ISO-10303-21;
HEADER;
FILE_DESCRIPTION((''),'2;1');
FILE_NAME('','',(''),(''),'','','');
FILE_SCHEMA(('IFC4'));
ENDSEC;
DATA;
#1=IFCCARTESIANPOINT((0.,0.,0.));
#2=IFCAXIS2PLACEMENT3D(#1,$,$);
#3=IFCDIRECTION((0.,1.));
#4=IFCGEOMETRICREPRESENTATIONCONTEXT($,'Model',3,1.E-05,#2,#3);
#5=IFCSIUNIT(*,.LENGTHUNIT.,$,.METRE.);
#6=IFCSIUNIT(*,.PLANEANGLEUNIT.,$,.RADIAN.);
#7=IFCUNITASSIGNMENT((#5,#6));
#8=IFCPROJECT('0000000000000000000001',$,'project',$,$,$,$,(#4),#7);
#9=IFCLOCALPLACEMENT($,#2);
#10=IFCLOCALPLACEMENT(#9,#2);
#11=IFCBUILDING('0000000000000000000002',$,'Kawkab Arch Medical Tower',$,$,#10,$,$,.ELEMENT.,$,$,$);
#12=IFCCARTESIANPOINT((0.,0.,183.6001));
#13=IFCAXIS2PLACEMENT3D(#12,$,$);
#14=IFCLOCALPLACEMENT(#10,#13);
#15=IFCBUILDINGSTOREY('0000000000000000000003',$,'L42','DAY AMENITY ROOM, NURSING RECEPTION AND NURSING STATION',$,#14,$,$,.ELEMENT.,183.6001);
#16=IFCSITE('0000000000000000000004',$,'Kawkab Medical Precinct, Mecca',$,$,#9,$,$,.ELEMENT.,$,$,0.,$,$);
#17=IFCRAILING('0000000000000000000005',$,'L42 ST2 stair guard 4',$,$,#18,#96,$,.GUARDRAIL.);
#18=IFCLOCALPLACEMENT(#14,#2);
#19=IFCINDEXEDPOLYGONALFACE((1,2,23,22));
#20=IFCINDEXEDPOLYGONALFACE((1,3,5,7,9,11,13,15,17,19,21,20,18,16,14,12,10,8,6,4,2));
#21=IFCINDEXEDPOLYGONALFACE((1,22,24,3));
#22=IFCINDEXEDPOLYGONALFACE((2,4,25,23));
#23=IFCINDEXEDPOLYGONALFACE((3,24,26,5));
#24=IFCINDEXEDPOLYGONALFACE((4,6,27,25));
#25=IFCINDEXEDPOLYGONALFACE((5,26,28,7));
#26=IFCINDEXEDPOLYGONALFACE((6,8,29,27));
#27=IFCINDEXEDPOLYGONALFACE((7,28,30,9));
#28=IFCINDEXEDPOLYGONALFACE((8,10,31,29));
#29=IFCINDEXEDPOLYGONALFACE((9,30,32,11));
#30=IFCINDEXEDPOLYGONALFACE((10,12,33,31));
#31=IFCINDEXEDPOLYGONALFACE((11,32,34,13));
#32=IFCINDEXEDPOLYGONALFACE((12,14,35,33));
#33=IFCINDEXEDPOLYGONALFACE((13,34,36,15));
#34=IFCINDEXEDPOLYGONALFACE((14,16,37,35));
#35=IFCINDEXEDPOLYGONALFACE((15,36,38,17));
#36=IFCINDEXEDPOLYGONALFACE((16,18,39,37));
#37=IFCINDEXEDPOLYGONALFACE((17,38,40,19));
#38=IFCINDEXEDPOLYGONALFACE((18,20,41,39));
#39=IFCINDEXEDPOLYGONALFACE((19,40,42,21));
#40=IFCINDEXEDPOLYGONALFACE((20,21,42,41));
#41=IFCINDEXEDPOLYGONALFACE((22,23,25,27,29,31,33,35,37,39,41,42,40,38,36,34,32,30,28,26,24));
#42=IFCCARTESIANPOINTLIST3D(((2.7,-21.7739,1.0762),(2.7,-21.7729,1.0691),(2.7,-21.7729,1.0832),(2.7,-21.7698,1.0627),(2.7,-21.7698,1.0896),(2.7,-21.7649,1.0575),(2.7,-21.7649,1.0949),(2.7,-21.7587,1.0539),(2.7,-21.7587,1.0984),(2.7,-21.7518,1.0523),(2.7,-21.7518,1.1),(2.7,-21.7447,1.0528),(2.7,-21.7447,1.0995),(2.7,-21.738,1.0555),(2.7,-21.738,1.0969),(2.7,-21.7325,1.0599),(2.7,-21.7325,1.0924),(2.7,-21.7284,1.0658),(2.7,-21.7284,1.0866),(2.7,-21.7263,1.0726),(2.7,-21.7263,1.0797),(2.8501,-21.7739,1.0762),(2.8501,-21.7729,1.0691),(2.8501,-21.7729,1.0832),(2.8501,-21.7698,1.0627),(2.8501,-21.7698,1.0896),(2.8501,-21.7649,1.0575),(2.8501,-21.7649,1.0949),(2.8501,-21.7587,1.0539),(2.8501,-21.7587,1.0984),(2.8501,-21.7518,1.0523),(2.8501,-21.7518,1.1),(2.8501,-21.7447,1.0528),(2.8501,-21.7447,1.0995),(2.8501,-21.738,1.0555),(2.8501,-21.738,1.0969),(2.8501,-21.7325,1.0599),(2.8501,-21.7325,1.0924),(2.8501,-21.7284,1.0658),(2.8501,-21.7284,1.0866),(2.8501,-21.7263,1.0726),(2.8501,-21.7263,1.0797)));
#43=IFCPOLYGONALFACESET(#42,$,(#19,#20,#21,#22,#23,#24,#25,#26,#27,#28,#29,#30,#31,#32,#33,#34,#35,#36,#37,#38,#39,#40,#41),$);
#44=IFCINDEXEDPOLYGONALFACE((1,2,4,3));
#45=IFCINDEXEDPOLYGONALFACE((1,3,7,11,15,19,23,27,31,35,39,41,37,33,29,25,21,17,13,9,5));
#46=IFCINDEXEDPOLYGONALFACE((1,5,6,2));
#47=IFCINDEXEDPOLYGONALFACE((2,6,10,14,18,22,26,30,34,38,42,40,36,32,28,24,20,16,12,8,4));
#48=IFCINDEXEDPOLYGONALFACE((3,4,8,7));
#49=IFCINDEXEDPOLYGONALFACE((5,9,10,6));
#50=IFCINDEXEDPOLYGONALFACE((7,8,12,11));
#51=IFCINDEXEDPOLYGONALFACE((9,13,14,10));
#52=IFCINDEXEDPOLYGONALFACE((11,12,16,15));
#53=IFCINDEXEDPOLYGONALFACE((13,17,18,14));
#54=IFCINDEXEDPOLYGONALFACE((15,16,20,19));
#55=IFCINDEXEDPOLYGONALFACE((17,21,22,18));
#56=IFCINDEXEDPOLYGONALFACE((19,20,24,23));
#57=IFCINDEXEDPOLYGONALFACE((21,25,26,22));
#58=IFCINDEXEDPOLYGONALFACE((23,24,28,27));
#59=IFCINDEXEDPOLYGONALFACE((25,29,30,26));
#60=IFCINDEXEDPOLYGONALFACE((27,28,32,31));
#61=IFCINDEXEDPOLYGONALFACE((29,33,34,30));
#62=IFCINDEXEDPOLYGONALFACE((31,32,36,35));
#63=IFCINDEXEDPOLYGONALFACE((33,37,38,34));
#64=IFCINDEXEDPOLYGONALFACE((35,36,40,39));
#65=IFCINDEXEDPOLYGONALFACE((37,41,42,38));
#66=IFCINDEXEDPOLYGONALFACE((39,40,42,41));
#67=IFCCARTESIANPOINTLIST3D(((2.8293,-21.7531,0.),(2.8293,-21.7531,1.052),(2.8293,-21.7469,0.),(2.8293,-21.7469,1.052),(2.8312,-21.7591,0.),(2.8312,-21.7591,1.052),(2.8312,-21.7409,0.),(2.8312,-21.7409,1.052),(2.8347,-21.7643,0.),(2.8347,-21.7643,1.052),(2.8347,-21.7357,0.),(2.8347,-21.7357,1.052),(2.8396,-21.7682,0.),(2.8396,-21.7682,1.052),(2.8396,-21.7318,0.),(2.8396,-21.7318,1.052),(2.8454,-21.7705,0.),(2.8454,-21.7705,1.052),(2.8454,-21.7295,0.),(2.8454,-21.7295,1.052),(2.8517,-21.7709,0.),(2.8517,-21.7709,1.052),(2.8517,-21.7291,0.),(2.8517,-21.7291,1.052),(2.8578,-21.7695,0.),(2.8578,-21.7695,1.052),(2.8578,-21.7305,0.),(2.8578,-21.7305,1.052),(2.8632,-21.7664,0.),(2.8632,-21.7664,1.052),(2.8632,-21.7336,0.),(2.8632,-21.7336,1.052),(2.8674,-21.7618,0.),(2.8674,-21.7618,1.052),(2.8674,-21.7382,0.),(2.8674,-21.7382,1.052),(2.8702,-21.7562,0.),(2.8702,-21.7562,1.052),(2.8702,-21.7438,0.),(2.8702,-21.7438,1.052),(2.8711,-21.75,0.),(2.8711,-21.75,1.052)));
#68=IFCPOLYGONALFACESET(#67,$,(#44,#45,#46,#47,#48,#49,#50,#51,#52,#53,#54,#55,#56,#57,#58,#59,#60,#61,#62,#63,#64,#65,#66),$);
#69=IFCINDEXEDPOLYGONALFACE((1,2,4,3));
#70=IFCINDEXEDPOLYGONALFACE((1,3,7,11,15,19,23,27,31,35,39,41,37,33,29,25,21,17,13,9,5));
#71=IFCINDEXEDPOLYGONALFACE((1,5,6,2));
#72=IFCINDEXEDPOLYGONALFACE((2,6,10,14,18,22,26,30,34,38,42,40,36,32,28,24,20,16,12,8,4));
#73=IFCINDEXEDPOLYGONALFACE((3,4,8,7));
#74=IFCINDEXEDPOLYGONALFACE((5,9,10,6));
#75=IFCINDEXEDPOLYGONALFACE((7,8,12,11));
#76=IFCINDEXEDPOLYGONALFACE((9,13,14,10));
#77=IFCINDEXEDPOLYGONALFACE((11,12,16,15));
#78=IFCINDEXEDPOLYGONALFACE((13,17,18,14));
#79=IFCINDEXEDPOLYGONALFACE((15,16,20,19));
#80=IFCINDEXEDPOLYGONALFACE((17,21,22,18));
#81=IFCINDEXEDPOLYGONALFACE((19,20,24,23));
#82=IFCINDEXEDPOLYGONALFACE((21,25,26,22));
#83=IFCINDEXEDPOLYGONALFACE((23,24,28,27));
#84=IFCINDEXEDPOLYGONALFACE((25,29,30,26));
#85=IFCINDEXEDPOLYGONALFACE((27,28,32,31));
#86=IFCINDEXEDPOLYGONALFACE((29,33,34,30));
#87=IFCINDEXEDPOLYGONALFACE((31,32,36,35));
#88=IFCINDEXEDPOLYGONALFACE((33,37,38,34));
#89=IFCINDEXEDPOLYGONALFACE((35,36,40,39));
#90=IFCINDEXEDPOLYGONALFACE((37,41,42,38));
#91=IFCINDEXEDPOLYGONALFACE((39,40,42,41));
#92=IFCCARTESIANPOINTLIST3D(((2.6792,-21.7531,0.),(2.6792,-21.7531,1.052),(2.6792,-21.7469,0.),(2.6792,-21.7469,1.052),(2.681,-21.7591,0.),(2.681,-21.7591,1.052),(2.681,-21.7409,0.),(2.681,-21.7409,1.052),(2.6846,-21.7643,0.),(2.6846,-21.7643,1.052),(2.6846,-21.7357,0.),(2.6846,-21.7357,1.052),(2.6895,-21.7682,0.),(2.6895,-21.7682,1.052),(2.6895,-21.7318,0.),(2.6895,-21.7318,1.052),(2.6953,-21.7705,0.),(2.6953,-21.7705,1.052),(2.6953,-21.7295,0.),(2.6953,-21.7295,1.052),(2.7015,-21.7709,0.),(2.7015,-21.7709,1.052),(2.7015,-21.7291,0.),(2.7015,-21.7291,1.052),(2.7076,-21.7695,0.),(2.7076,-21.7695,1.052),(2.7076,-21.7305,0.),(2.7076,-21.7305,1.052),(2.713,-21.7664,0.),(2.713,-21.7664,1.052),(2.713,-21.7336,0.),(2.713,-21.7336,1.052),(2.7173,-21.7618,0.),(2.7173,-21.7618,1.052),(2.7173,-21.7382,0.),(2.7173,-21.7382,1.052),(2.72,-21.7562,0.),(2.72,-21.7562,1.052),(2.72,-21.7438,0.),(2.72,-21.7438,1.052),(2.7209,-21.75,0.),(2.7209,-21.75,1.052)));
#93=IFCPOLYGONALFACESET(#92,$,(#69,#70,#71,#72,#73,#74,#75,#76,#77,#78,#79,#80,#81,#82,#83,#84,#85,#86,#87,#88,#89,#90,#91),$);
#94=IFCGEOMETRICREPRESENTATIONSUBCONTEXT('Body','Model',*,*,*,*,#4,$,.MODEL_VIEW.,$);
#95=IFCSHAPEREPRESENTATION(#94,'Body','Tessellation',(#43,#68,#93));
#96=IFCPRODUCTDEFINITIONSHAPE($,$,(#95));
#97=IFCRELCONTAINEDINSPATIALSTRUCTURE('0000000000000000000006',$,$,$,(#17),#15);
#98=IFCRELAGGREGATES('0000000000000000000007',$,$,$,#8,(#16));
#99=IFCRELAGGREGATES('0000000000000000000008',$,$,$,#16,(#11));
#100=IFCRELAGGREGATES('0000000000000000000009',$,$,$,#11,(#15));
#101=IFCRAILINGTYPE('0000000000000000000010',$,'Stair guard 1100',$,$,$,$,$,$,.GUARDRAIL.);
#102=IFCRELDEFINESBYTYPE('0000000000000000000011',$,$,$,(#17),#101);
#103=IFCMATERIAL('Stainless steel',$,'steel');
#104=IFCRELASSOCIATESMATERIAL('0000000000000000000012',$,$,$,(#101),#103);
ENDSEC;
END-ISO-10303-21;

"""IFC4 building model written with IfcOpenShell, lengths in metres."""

from ifc_helpers import new_model, si_unit, direction, frame, origin, origin_2d, place, context, subcontext, project, spatial, circle, extrude, material, type_object, element, save


model = new_model("IFC4")

# Units and contexts
model_context = context("Model", 3, precision=1e-05, world=origin(), true_north=direction((0.0, 1.0)))
body_context = subcontext(model_context, "Body", "Model", "MODEL_VIEW")
ifc_project = project(units=[si_unit("LENGTHUNIT", "METRE"), si_unit("PLANEANGLEUNIT", "RADIAN")], contexts=[model_context])

# Site, building, storey
site_placement = place(None, origin())
site = spatial("IfcSite", under=ifc_project, at=site_placement, Name="Kawkab Medical Precinct, Mecca", CompositionType="ELEMENT", RefElevation=0.0)
building_placement = place(site_placement, origin())
building = spatial("IfcBuilding", under=site, at=building_placement, Name="Kawkab Arch Medical Tower", CompositionType="ELEMENT")
storey_placement = place(building_placement, frame((0.0, 0.0, 183.6001)))
storey = spatial("IfcBuildingStorey", under=building, at=storey_placement, Name="L42", Description="DAY AMENITY ROOM, NURSING RECEPTION AND NURSING STATION", CompositionType="ELEMENT", Elevation=183.6001)

# Railing
ifc_material_1 = material(Name="Stainless steel", Category="steel")
railing_type = type_object("IfcRailingType", Name="Stair guard 1100", PredefinedType="GUARDRAIL", material=ifc_material_1)
railing_1_placement = place(storey_placement, frame((2.8501, -21.75, 0.0)))
element("IfcRailing", 1, at=railing_1_placement, inside=storey, type_object=railing_type, Name="L42 ST2 stair guard 4", PredefinedType="GUARDRAIL", context=body_context, shape_type="SweptSolid", body=[
    extrude(circle(Radius=0.0239, at=origin_2d()), frame((0.0, 0.0, 1.0762), z_axis=(-1.0, 0.0, 0.0), x_axis=(0.0, -1.0, 0.0)), (0.0, 0.0, 1.0), 0.1501),
    extrude(circle(Radius=0.021, at=origin_2d()), origin(), (0.0, 0.0, 1.0), 1.052),
    extrude(circle(Radius=0.021, at=origin_2d()), frame((-0.1501, 0.0, 0.0)), (0.0, 0.0, 1.0), 1.052),
])

save(model, "model.ifc")
